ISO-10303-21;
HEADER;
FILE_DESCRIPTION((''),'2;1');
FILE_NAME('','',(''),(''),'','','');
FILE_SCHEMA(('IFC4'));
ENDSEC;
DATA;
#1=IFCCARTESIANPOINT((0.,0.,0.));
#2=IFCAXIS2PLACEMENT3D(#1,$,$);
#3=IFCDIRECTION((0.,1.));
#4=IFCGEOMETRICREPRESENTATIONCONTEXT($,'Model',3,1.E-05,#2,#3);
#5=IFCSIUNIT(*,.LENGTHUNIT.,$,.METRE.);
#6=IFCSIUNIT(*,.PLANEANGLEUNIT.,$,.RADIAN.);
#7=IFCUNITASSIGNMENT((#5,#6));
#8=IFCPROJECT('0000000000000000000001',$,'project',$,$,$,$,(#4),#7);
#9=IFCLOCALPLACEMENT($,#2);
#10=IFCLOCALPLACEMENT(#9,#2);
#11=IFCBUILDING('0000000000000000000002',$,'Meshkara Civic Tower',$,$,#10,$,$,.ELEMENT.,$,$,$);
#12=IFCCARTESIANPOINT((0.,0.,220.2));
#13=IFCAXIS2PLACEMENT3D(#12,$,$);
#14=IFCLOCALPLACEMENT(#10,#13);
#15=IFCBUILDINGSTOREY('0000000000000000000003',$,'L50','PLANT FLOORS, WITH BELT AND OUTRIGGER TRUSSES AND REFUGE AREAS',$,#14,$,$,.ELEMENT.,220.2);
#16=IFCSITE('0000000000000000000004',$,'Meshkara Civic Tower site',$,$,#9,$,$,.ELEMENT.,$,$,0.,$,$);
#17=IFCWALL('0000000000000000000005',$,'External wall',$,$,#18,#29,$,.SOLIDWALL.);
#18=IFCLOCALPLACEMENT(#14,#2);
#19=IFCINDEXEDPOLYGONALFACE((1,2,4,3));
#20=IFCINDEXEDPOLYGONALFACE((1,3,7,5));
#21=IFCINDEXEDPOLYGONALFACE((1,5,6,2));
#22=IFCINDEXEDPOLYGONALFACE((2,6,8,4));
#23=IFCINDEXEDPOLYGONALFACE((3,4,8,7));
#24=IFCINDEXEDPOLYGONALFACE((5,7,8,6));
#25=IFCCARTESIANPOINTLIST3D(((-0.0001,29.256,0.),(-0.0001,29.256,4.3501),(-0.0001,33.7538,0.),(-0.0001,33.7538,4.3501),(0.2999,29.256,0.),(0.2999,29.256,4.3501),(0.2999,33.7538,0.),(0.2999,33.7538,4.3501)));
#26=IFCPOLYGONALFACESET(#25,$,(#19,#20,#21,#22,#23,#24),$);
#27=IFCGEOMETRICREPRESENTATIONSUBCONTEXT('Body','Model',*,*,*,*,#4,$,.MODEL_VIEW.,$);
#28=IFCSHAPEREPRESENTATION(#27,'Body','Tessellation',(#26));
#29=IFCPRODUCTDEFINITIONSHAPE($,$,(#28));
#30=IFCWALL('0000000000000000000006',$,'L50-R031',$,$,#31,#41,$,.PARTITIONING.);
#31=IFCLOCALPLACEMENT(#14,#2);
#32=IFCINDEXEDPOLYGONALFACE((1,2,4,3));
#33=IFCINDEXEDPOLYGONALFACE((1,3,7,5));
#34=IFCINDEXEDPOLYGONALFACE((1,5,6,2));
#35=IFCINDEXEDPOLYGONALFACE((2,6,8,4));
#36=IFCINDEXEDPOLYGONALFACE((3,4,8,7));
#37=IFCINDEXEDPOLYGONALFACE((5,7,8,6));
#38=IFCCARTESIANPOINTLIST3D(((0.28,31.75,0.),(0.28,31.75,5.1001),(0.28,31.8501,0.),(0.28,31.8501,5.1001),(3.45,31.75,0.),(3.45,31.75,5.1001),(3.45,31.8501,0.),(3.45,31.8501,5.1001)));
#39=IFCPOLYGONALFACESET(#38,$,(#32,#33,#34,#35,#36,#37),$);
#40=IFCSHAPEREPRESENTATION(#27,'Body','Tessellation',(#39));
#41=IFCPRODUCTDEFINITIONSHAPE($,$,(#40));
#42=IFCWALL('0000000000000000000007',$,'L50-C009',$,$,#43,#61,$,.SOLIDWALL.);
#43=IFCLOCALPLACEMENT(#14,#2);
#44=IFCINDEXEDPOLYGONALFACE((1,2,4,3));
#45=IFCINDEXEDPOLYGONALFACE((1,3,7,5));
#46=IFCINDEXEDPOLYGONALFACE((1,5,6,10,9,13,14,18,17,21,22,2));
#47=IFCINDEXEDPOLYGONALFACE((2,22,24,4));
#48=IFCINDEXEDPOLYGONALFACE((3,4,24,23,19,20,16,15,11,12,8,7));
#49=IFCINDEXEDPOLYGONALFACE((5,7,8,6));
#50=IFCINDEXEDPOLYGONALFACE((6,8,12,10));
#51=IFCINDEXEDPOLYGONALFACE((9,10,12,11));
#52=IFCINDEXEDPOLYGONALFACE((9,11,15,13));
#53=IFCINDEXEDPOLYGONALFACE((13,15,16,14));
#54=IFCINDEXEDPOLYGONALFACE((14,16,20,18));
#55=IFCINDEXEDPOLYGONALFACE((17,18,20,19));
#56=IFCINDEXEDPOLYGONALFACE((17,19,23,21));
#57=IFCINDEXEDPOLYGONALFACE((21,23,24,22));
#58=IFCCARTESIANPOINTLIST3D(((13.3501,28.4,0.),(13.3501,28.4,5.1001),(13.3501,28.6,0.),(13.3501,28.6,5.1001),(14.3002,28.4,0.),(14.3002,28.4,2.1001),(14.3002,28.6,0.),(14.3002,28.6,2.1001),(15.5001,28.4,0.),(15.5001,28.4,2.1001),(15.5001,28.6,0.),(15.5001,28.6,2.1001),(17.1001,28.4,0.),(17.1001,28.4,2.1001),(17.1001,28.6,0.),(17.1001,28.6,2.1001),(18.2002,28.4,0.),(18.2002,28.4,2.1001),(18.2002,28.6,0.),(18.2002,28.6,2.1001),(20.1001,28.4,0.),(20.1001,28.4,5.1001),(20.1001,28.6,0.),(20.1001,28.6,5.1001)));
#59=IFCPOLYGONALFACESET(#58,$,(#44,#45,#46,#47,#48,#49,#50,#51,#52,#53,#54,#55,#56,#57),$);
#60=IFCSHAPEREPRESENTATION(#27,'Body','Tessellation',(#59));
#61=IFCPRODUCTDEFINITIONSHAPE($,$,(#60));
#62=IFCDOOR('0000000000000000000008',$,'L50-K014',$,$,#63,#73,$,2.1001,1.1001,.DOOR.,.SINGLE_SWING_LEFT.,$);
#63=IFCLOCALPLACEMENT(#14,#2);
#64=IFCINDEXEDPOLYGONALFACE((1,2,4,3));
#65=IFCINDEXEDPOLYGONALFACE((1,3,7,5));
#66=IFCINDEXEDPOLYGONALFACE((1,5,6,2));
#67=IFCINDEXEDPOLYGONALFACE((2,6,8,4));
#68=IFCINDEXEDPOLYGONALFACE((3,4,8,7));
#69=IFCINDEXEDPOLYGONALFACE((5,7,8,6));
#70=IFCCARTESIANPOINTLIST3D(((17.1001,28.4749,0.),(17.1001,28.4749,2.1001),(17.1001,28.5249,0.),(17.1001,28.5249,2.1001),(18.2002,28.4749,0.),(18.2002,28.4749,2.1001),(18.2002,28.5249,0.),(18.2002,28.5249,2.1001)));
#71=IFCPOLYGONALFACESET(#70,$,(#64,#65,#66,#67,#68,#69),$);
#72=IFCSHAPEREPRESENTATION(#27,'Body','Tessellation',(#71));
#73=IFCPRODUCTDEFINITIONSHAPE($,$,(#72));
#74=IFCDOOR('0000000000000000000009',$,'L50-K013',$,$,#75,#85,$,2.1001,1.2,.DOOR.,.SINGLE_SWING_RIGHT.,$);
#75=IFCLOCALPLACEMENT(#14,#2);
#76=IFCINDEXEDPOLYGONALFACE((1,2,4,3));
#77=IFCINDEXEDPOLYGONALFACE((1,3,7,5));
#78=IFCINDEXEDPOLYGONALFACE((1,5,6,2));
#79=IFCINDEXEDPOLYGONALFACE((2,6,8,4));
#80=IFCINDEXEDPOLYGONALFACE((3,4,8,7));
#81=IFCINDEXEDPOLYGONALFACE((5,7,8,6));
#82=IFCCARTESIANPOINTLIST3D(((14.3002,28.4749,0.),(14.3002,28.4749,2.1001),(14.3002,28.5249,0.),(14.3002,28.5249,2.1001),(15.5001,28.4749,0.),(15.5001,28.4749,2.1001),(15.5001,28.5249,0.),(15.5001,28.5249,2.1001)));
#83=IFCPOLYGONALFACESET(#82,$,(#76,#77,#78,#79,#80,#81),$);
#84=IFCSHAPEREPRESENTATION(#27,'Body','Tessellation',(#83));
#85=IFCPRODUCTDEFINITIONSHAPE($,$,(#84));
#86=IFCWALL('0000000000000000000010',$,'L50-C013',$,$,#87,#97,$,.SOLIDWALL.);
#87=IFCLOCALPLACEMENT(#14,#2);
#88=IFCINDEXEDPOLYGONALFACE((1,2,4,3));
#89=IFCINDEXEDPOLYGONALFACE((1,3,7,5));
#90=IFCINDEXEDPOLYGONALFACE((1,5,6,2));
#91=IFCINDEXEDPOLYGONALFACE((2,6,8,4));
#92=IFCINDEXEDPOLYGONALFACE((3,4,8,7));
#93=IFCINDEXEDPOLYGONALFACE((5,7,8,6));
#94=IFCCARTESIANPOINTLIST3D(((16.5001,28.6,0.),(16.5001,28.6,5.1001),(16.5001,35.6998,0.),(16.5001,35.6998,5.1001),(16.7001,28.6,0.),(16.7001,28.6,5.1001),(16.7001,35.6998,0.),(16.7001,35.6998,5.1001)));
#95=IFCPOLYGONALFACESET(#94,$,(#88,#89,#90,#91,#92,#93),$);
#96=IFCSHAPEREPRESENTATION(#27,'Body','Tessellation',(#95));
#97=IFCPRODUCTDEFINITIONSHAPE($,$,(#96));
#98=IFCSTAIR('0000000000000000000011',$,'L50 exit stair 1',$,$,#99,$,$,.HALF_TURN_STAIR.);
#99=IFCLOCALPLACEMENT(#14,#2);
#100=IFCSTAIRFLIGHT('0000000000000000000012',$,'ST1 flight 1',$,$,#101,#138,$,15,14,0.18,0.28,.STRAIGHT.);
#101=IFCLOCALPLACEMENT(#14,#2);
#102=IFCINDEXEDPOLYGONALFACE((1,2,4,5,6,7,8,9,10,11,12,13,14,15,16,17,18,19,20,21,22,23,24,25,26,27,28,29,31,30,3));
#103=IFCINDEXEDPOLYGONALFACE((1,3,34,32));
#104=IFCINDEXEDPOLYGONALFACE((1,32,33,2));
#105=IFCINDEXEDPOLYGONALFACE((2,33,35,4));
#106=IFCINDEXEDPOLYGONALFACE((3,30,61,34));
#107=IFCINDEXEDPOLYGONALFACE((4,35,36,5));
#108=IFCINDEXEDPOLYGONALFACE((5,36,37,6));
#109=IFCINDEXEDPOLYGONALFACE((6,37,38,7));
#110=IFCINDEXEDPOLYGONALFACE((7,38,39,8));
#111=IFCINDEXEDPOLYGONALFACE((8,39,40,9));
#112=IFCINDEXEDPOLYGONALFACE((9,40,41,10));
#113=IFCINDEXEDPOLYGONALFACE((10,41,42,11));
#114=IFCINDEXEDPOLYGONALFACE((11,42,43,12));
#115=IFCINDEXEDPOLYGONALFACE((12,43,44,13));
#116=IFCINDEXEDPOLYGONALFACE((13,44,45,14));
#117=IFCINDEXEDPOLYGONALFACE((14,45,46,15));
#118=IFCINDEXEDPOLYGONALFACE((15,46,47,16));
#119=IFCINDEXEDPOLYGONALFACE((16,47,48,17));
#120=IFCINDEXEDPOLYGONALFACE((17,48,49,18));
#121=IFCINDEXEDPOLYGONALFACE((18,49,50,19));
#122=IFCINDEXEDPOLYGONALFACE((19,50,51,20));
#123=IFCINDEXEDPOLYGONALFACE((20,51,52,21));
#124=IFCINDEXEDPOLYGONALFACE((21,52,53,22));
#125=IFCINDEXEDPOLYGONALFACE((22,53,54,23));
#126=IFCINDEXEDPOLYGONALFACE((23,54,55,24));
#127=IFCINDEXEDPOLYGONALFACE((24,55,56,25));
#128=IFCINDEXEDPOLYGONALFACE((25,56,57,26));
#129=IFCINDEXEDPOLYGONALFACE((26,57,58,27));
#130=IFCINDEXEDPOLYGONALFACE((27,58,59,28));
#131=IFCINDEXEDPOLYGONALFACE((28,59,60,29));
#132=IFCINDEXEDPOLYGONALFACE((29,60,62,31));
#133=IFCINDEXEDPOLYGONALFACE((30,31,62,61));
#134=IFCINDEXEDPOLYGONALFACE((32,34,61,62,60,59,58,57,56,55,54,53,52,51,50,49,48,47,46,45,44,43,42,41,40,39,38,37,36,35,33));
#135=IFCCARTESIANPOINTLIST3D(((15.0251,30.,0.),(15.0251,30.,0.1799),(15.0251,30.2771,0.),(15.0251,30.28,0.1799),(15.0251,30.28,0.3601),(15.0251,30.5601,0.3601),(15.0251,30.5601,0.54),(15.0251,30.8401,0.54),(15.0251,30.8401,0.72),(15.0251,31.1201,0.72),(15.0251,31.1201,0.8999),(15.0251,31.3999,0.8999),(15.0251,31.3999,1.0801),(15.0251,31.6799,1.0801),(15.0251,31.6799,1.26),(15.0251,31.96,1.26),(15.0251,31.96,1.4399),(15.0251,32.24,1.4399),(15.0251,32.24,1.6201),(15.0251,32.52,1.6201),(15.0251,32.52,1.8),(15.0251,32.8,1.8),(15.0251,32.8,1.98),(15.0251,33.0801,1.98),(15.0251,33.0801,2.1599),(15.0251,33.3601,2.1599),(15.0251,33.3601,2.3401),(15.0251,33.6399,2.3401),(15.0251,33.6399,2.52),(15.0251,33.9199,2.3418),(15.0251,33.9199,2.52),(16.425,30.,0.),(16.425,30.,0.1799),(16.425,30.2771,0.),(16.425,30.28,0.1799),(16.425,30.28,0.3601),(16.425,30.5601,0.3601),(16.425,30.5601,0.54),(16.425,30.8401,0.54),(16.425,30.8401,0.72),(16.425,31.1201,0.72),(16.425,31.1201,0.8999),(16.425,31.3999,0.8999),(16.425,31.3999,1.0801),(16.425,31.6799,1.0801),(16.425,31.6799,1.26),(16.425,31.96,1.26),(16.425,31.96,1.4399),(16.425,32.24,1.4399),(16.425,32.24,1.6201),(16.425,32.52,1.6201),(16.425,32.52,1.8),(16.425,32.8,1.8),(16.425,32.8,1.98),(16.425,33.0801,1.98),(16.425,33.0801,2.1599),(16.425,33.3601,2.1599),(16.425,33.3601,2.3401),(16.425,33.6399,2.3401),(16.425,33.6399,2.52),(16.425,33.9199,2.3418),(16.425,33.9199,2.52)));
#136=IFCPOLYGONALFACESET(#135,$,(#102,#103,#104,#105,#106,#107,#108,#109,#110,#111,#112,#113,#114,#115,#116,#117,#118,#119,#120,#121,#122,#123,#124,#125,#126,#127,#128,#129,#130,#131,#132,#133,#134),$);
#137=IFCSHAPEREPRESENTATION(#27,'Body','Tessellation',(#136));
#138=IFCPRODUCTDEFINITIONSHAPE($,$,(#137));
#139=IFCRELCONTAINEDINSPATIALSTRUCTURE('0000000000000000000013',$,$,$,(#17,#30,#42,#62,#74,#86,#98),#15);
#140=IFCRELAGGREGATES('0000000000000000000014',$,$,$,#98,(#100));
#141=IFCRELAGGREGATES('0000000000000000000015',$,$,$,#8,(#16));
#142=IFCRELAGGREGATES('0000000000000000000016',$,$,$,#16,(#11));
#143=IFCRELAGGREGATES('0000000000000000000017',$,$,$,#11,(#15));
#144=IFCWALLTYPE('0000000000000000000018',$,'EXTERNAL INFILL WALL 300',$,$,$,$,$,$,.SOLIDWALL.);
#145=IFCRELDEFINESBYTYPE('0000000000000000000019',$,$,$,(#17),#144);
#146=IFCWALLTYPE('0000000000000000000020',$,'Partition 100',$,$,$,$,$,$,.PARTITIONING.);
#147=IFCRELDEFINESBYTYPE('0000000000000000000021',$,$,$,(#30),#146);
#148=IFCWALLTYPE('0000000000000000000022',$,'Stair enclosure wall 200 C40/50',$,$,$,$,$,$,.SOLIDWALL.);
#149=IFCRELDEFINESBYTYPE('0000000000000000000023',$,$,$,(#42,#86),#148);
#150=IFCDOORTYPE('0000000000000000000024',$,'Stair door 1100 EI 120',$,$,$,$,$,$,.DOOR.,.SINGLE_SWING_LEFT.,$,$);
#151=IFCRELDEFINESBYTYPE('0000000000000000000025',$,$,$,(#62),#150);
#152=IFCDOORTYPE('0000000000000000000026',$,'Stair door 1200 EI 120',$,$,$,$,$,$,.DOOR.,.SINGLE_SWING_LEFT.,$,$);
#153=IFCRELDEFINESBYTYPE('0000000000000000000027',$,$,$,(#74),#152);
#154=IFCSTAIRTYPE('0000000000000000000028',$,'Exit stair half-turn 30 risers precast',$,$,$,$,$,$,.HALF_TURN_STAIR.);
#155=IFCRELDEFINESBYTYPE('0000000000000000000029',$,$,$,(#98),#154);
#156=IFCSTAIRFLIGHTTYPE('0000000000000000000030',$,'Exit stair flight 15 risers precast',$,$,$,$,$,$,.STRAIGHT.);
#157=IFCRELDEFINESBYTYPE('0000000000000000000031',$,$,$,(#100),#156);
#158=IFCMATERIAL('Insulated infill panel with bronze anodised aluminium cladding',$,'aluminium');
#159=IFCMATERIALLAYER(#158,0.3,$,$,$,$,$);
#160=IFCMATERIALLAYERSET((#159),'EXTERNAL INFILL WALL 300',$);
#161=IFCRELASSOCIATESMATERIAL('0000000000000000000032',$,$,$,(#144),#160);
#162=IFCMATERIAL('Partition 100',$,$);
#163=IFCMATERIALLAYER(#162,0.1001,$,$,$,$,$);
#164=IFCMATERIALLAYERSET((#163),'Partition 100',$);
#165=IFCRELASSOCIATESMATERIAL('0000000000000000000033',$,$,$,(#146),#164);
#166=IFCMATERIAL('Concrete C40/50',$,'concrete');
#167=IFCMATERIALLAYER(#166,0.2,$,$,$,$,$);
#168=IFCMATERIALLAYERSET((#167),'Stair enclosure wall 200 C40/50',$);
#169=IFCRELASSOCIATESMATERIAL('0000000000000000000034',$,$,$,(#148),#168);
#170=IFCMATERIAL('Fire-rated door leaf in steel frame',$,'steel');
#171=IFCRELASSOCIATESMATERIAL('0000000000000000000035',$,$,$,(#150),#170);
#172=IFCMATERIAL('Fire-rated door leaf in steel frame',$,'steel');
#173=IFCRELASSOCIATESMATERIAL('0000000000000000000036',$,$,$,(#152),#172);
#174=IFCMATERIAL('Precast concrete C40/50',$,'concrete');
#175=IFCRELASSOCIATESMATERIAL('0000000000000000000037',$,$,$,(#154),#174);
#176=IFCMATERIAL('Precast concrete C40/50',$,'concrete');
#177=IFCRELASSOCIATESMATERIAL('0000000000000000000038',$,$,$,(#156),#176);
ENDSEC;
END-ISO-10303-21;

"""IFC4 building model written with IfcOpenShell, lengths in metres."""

from ifc_helpers import new_model, si_unit, direction, frame, frame_2d, origin, place, context, subcontext, project, spatial, polyline, rectangle, outline, extrude, material, layer, layer_set, type_object, element, fill, aggregate, save


model = new_model("IFC4")

# Units and contexts
model_context = context("Model", 3, precision=1e-05, world=origin(), true_north=direction((0.0, 1.0)))
body_context = subcontext(model_context, "Body", "Model", "MODEL_VIEW")
ifc_project = project(units=[si_unit("LENGTHUNIT", "METRE"), si_unit("PLANEANGLEUNIT", "RADIAN")], contexts=[model_context])

# Site, building, storey
site_placement = place(None, origin())
site = spatial("IfcSite", under=ifc_project, at=site_placement, Name="Meshkara Civic Tower site", CompositionType="ELEMENT", RefElevation=0.0)
building_placement = place(site_placement, origin())
building = spatial("IfcBuilding", under=site, at=building_placement, Name="Meshkara Civic Tower", CompositionType="ELEMENT")
storey_placement = place(building_placement, frame((0.0, 0.0, 220.2)))
storey = spatial("IfcBuildingStorey", under=building, at=storey_placement, Name="L50", Description="PLANT FLOORS, WITH BELT AND OUTRIGGER TRUSSES AND REFUGE AREAS", CompositionType="ELEMENT", Elevation=220.2)

# Walls
ifc_material_1 = material(Name="Insulated infill panel with bronze anodised aluminium cladding", Category="aluminium")
ifc_layer_1 = layer(ifc_material_1, 0.3)
ifc_layer_set_1 = layer_set([ifc_layer_1], Name="EXTERNAL INFILL WALL 300")
wall_type_1 = type_object("IfcWallType", Name="EXTERNAL INFILL WALL 300", PredefinedType="SOLIDWALL", material=ifc_layer_set_1)
wall_1_placement = place(storey_placement, frame((0.1499, 33.7539, 0.0), z_axis=(0.0, 0.0, 1.0), x_axis=(0.0, -1.0, 0.0)))
element("IfcWall", 1, at=wall_1_placement, inside=storey, type_object=wall_type_1, Name="External wall", PredefinedType="SOLIDWALL", context=body_context, shape_type="SweptSolid", body=[
    extrude(rectangle(XDim=4.4978, YDim=0.3, at=frame_2d((2.249, 0.0))), origin(), (0.0, 0.0, 1.0), 4.3501),
])
ifc_material_2 = material(Name="Partition 100")
ifc_layer_2 = layer(ifc_material_2, 0.1001)
ifc_layer_set_2 = layer_set([ifc_layer_2], Name="Partition 100")
wall_type_2 = type_object("IfcWallType", Name="Partition 100", PredefinedType="PARTITIONING", material=ifc_layer_set_2)
wall_2_placement = place(storey_placement, frame((3.45, 31.8, 0.0), z_axis=(0.0, 0.0, 1.0), x_axis=(-1.0, 0.0, 0.0)))
element("IfcWall", 2, at=wall_2_placement, inside=storey, type_object=wall_type_2, Name="L50-R031", PredefinedType="PARTITIONING", context=body_context, shape_type="SweptSolid", body=[
    extrude(rectangle(XDim=3.1699, YDim=0.1001, at=frame_2d((1.585, 0.0))), origin(), (0.0, 0.0, 1.0), 5.1001),
])

# Wall, openings, doors
ifc_material_3 = material(Name="Concrete C40/50", Category="concrete")
ifc_layer_3 = layer(ifc_material_3, 0.2)
ifc_layer_set_3 = layer_set([ifc_layer_3], Name="Stair enclosure wall 200 C40/50")
wall_type_3 = type_object("IfcWallType", Name="Stair enclosure wall 200 C40/50", PredefinedType="SOLIDWALL", material=ifc_layer_set_3)
wall_3_placement = place(storey_placement, frame((13.3501, 28.5, 0.0), z_axis=(0.0, 0.0, 1.0), x_axis=(1.0, 0.0, 0.0)))
wall_3 = element("IfcWall", 3, at=wall_3_placement, inside=storey, type_object=wall_type_3, Name="L50-C009", PredefinedType="SOLIDWALL", context=body_context, shape_type="SweptSolid", body=[
    extrude(rectangle(XDim=6.75, YDim=0.2, at=frame_2d((3.375, 0.0))), origin(), (0.0, 0.0, 1.0), 5.1001),
])
opening_1_placement = place(wall_3_placement, frame((0.95, 0.0, 0.0)))
opening_1 = element("IfcOpeningElement", 4, at=opening_1_placement, cuts=wall_3, PredefinedType="OPENING", context=body_context, shape_type="SweptSolid", body=[
    extrude(rectangle(XDim=1.2, YDim=2.1001, at=frame_2d((0.6001, 1.05))), frame((0.0, 0.1099, 0.0), z_axis=(0.0, -1.0, 0.0), x_axis=(1.0, 0.0, 0.0)), (0.0, 0.0, 1.0), 0.22),
])
opening_2_placement = place(wall_3_placement, frame((3.75, 0.0, 0.0)))
opening_2 = element("IfcOpeningElement", 5, at=opening_2_placement, cuts=wall_3, PredefinedType="OPENING", context=body_context, shape_type="SweptSolid", body=[
    extrude(rectangle(XDim=1.1001, YDim=2.1001, at=frame_2d((0.55, 1.05))), frame((0.0, 0.1099, 0.0), z_axis=(0.0, -1.0, 0.0), x_axis=(1.0, 0.0, 0.0)), (0.0, 0.0, 1.0), 0.22),
])
ifc_material_4 = material(Name="Fire-rated door leaf in steel frame", Category="steel")
door_type_1 = type_object("IfcDoorType", Name="Stair door 1100 EI 120", OperationType="SINGLE_SWING_LEFT", PredefinedType="DOOR", material=ifc_material_4)
door_1_placement = place(opening_2_placement, origin())
door_1 = element("IfcDoor", 6, at=door_1_placement, inside=storey, type_object=door_type_1, Name="L50-K014", OperationType="SINGLE_SWING_LEFT", OverallHeight=2.1001, OverallWidth=1.1001, PredefinedType="DOOR", context=body_context, shape_type="SweptSolid", body=[
    extrude(rectangle(XDim=1.1001, YDim=2.1001, at=frame_2d((0.55, 1.05))), frame((0.0, 0.0249, 0.0), z_axis=(0.0, -1.0, 0.0), x_axis=(1.0, 0.0, 0.0)), (0.0, 0.0, 1.0), 0.05),
])
fill(opening_2, door_1)
ifc_material_5 = material(Name="Fire-rated door leaf in steel frame", Category="steel")
door_type_2 = type_object("IfcDoorType", Name="Stair door 1200 EI 120", OperationType="SINGLE_SWING_LEFT", PredefinedType="DOOR", material=ifc_material_5)
door_2_placement = place(opening_1_placement, origin())
door_2 = element("IfcDoor", 7, at=door_2_placement, inside=storey, type_object=door_type_2, Name="L50-K013", OperationType="SINGLE_SWING_RIGHT", OverallHeight=2.1001, OverallWidth=1.2, PredefinedType="DOOR", context=body_context, shape_type="SweptSolid", body=[
    extrude(rectangle(XDim=1.2, YDim=2.1001, at=frame_2d((0.6001, 1.05))), frame((0.0, 0.0249, 0.0), z_axis=(0.0, -1.0, 0.0), x_axis=(1.0, 0.0, 0.0)), (0.0, 0.0, 1.0), 0.05),
])
fill(opening_1, door_2)

# Wall
wall_4_placement = place(storey_placement, frame((16.6001, 28.6001, 0.0), z_axis=(0.0, 0.0, 1.0), x_axis=(0.0, 1.0, 0.0)))
element("IfcWall", 8, at=wall_4_placement, inside=storey, type_object=wall_type_3, Name="L50-C013", PredefinedType="SOLIDWALL", context=body_context, shape_type="SweptSolid", body=[
    extrude(rectangle(XDim=7.0999, YDim=0.2, at=frame_2d((3.5498, 0.0))), origin(), (0.0, 0.0, 1.0), 5.1001),
])

# Stair, stair flight
ifc_material_6 = material(Name="Precast concrete C40/50", Category="concrete")
stair_type = type_object("IfcStairType", Name="Exit stair half-turn 30 risers precast", PredefinedType="HALF_TURN_STAIR", material=ifc_material_6)
stair_placement = place(storey_placement, origin())
stair = element("IfcStair", 9, at=stair_placement, inside=storey, type_object=stair_type, Name="L50 exit stair 1", PredefinedType="HALF_TURN_STAIR")
ifc_material_7 = material(Name="Precast concrete C40/50", Category="concrete")
stair_flight_type = type_object("IfcStairFlightType", Name="Exit stair flight 15 risers precast", PredefinedType="STRAIGHT", material=ifc_material_7)
stair_flight_1_placement = place(storey_placement, frame((15.7251, 30.0, 0.0), z_axis=(0.0, 0.0, 1.0), x_axis=(0.0, 1.0, 0.0)))
stair_flight_1 = element("IfcStairFlight", 10, at=stair_flight_1_placement, type_object=stair_flight_type, Name="ST1 flight 1", NumberOfRisers=15, NumberOfTreads=14, PredefinedType="STRAIGHT", RiserHeight=0.18, TreadLength=0.28, context=body_context, shape_type="SweptSolid", body=[
    extrude(outline(polyline([(0.0, 0.0), (0.0, 0.1799), (0.28, 0.1799), (0.28, 0.3601), (0.5601, 0.3601), (0.5601, 0.54), (0.8401, 0.54), (0.8401, 0.72), (1.1201, 0.72), (1.1201, 0.8999), (1.3999, 0.8999), (1.3999, 1.0801), (1.6799, 1.0801), (1.6799, 1.26), (1.96, 1.26), (1.96, 1.4399), (2.24, 1.4399), (2.24, 1.6201), (2.52, 1.6201), (2.52, 1.8), (2.8, 1.8), (2.8, 1.98), (3.0801, 1.98), (3.0801, 2.1599), (3.3601, 2.1599), (3.3601, 2.3401), (3.6399, 2.3401), (3.6399, 2.52), (3.9199, 2.52), (3.9199, 2.7), (3.9199, 2.3418), (0.2771, 0.0), (0.0, 0.0)])), frame((0.0, 0.7, 0.0), z_axis=(0.0, -1.0, 0.0), x_axis=(1.0, 0.0, 0.0)), (0.0, 0.0, 1.0), 1.3999),
])
aggregate(stair, [stair_flight_1])

save(model, "model.ifc")
